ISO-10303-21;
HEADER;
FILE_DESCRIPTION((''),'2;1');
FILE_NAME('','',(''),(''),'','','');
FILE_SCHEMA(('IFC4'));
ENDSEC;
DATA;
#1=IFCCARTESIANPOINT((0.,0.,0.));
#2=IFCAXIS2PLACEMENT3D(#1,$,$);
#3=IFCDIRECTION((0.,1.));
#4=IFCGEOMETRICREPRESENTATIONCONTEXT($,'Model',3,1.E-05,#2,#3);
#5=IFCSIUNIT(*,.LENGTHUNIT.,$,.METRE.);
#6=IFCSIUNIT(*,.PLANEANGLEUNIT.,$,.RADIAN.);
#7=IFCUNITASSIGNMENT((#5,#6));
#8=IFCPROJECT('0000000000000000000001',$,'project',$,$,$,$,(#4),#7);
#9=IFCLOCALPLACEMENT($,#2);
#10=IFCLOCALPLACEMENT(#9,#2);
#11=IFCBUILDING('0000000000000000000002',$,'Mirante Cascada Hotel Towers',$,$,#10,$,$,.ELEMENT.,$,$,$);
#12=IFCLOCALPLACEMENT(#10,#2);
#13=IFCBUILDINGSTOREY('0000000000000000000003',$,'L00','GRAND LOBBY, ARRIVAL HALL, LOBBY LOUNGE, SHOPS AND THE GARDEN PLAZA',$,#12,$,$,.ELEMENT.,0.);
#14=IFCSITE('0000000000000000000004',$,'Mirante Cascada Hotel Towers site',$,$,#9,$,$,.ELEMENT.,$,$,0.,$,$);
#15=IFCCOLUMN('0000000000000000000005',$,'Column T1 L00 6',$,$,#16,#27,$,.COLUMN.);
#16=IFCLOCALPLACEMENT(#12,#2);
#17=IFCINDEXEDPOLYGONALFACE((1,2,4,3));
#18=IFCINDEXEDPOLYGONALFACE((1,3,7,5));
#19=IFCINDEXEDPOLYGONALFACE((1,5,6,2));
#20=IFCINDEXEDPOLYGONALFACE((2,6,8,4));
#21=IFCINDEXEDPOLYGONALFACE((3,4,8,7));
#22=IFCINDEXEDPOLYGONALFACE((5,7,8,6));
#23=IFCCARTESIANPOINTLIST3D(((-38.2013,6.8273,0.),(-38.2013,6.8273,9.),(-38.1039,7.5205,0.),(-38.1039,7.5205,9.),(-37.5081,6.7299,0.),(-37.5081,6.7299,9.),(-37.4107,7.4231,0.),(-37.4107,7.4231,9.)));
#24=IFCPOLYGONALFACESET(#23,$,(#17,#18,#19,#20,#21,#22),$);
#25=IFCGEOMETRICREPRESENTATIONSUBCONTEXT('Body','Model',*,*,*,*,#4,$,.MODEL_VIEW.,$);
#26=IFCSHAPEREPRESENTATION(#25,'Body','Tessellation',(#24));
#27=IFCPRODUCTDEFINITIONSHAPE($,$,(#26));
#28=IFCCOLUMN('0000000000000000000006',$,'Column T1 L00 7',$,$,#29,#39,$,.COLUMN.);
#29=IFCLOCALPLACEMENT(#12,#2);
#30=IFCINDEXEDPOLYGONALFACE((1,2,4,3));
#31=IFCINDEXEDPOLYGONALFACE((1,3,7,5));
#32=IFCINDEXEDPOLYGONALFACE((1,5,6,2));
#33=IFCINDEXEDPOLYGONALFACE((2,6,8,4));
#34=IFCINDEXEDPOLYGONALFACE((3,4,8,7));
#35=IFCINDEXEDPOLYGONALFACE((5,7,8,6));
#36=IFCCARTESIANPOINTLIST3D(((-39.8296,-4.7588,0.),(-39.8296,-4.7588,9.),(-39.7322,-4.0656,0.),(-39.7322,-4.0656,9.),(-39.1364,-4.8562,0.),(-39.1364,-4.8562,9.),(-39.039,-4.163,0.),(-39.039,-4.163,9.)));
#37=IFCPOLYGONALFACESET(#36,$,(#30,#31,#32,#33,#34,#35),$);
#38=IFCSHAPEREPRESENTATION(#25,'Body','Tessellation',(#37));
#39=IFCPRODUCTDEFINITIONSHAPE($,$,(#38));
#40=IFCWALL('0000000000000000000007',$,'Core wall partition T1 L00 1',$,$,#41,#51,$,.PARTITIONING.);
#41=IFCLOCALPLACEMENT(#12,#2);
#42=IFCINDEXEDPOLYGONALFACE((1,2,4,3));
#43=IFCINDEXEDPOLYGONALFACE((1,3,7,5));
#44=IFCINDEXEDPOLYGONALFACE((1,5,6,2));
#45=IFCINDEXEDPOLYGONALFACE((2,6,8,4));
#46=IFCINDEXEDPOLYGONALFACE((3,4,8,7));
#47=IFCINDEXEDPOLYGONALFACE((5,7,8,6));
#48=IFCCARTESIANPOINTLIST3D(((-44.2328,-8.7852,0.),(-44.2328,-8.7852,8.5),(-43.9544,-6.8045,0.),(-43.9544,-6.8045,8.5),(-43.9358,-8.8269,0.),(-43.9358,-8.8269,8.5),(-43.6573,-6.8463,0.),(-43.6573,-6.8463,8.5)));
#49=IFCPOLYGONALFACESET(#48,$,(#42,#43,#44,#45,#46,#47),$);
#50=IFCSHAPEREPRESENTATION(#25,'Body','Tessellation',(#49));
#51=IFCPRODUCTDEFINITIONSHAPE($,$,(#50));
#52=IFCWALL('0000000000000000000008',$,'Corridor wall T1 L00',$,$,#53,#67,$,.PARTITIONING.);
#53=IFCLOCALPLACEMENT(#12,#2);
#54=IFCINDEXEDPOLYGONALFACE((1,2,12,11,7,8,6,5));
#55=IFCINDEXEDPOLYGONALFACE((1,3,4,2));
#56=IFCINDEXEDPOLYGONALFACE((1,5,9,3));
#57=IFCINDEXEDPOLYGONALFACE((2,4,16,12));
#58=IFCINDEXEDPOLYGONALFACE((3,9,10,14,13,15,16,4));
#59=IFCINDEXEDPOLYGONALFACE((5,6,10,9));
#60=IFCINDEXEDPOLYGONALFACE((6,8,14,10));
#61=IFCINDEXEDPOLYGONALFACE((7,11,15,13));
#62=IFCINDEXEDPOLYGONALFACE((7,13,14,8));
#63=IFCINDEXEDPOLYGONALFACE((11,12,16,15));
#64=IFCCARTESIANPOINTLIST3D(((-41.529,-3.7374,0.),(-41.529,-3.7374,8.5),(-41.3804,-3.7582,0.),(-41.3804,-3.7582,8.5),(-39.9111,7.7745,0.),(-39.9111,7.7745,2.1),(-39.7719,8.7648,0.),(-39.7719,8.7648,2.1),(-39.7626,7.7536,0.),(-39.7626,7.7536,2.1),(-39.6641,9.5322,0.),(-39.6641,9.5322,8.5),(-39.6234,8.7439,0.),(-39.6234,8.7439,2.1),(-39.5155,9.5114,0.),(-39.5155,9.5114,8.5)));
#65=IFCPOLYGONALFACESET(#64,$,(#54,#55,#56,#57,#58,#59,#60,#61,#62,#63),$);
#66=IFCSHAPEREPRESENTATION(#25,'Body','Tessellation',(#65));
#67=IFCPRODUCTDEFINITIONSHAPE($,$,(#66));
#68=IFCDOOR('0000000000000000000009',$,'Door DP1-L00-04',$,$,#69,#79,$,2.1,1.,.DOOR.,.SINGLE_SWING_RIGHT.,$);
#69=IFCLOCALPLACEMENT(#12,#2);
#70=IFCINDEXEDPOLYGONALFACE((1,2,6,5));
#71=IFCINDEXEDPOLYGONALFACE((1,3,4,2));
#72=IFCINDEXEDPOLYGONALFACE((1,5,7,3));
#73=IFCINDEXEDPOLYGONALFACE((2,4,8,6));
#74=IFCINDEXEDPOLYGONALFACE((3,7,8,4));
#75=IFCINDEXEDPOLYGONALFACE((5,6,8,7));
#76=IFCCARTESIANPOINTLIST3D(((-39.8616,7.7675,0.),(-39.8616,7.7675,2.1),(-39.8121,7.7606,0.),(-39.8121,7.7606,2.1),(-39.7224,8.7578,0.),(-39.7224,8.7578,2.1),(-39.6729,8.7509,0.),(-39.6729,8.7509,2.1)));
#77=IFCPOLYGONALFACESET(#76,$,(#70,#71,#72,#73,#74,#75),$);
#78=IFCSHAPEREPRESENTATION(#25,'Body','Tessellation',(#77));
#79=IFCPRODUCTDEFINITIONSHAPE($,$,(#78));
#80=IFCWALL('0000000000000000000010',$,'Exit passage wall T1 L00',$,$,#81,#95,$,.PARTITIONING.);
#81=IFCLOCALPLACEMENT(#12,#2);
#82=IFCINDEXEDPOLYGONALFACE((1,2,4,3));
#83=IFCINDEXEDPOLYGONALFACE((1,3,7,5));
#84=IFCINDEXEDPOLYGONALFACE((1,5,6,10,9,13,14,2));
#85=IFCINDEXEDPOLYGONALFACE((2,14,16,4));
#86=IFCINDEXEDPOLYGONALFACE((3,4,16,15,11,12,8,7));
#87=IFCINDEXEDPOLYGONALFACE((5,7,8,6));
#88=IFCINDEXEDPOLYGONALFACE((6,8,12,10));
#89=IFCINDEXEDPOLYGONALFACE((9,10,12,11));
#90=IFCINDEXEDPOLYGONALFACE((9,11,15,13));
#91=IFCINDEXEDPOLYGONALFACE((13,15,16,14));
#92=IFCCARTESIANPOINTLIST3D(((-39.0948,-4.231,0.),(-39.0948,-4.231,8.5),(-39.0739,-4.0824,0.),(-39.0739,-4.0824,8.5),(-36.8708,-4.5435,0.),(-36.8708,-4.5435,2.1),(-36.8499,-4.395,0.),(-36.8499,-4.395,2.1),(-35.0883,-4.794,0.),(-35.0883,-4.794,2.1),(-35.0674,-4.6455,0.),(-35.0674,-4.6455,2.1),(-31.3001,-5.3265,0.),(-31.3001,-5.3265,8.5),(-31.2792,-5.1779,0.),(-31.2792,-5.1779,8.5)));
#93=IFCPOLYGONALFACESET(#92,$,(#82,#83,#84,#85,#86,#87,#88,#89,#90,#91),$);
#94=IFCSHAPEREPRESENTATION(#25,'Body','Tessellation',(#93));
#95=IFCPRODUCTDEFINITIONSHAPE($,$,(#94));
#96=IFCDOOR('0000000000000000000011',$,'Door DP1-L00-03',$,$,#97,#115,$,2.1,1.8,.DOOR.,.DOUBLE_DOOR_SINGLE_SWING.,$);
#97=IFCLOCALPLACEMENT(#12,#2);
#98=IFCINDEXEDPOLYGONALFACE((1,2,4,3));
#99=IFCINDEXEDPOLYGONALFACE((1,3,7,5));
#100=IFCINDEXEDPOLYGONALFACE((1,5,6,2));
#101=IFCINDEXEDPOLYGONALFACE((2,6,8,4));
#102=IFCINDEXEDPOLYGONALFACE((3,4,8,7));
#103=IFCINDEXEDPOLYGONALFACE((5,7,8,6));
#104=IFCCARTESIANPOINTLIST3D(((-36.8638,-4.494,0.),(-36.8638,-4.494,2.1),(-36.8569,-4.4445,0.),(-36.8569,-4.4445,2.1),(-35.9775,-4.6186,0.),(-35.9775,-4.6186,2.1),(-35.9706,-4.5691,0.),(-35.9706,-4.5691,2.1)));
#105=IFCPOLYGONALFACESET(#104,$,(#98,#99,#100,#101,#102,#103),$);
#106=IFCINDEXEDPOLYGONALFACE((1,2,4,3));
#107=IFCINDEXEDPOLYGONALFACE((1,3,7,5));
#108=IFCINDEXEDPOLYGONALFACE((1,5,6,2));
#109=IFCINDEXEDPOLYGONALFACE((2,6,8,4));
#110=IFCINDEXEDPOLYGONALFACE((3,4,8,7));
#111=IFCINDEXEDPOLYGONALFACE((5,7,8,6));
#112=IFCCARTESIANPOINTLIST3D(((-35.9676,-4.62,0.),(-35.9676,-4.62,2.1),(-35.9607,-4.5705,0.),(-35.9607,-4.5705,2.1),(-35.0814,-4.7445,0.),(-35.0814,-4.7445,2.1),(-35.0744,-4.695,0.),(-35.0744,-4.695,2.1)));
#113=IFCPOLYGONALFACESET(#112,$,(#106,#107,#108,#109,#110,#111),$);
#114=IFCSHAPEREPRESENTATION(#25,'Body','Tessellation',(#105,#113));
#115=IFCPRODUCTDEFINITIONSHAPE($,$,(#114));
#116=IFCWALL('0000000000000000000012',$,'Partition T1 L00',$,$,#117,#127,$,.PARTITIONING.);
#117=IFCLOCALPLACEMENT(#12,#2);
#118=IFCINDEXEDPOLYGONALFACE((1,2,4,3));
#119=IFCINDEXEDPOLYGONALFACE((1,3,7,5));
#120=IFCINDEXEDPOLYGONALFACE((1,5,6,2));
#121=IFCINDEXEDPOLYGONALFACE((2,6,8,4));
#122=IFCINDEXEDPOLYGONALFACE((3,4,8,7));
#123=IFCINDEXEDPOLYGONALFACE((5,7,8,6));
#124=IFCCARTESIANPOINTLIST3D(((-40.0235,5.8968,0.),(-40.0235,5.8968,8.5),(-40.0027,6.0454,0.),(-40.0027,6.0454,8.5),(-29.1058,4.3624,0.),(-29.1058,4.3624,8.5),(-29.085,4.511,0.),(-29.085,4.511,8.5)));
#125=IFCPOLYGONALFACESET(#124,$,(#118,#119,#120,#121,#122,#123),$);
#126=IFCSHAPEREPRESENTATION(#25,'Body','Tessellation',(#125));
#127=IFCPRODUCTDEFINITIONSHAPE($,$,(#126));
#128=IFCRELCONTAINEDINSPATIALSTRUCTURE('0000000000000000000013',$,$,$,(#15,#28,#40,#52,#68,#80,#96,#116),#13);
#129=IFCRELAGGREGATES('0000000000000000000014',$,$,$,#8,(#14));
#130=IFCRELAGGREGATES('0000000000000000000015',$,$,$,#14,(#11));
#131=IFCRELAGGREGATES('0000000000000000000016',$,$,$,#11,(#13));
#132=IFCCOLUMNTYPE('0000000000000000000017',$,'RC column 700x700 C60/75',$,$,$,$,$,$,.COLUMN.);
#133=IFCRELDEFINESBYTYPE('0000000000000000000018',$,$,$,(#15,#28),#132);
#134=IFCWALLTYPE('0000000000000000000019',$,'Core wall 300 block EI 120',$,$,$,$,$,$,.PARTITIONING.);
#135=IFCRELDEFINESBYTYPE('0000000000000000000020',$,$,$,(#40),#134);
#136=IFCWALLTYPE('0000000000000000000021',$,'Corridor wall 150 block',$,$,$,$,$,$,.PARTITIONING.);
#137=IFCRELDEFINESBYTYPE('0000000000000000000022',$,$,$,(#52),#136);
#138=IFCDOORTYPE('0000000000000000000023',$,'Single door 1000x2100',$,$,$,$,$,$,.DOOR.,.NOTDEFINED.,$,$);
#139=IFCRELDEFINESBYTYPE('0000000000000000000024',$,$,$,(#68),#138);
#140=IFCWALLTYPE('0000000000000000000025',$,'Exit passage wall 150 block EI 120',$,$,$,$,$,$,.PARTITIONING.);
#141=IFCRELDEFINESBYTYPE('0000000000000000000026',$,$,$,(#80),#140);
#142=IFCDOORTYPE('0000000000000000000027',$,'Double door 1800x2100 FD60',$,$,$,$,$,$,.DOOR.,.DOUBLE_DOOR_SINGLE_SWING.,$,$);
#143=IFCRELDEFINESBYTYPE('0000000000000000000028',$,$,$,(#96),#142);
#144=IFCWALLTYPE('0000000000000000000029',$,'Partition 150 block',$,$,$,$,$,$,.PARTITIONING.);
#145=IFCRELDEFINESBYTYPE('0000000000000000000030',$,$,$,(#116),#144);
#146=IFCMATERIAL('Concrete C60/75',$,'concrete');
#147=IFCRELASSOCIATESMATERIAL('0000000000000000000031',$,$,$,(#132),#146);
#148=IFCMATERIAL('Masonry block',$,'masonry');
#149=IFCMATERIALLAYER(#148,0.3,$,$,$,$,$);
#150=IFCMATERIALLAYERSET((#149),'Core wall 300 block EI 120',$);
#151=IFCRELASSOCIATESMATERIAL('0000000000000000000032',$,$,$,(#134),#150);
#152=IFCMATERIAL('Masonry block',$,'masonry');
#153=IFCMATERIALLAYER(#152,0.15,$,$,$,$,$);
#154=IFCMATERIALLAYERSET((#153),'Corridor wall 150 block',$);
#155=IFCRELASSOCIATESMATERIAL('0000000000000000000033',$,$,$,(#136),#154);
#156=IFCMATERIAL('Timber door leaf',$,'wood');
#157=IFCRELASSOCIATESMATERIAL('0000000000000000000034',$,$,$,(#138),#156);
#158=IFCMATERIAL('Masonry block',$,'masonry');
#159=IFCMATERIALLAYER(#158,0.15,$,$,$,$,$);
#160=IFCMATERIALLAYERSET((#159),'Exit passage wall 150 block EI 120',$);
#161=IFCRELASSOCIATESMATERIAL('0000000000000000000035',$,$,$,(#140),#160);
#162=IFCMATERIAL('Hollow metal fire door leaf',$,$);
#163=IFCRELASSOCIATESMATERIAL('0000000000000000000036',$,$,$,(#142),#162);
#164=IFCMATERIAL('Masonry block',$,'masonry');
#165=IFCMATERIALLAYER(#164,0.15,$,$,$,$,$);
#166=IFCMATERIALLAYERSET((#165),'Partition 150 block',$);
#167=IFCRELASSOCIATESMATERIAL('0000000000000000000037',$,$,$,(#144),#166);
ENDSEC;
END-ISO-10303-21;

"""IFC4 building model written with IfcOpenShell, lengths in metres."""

from ifc_helpers import new_model, si_unit, direction, frame, frame_2d, origin, origin_2d, place, context, subcontext, project, spatial, rectangle, extrude, material, layer, layer_set, material_profile, profile_set, type_object, element, fill, save


model = new_model("IFC4")

# Units and contexts
model_context = context("Model", 3, precision=1e-05, world=origin(), true_north=direction((0.0, 1.0)))
body_context = subcontext(model_context, "Body", "Model", "MODEL_VIEW")
ifc_project = project(units=[si_unit("LENGTHUNIT", "METRE"), si_unit("PLANEANGLEUNIT", "RADIAN")], contexts=[model_context])

# Site, building, storey
site_placement = place(None, origin())
site = spatial("IfcSite", under=ifc_project, at=site_placement, Name="Mirante Cascada Hotel Towers site", CompositionType="ELEMENT", RefElevation=0.0)
building_placement = place(site_placement, origin())
building = spatial("IfcBuilding", under=site, at=building_placement, Name="Mirante Cascada Hotel Towers", CompositionType="ELEMENT")
storey_placement = place(building_placement, origin())
storey = spatial("IfcBuildingStorey", under=building, at=storey_placement, Name="L00", Description="GRAND LOBBY, ARRIVAL HALL, LOBBY LOUNGE, SHOPS AND THE GARDEN PLAZA", CompositionType="ELEMENT", Elevation=0.0)

# Columns
ifc_material_1 = material(Name="Concrete C60/75", Category="concrete")
ifc_material_profile = material_profile(ifc_material_1, rectangle(XDim=0.7, YDim=0.7, at=origin_2d()), Name="RC column 700x700 C60/75")
ifc_profile_set = profile_set([ifc_material_profile], Name="Concrete C60/75")
column_type = type_object("IfcColumnType", Name="RC column 700x700 C60/75", PredefinedType="COLUMN", material=ifc_profile_set)
for number, where, z_axis, x_axis, name in (
    (1, (-37.806, 7.1252, 0.0), (0.0, 0.0, 1.0), (-0.990268, 0.139173, 0.0), "Column T1 L00 6"),
    (2, (-39.4343, -4.4609, 0.0), (0.0, 0.0, 1.0), (-0.990268, 0.139173, 0.0), "Column T1 L00 7"),
):
    element("IfcColumn", number, at=place(storey_placement, frame(where, z_axis=z_axis, x_axis=x_axis)), inside=storey, type_object=column_type, Name=name, PredefinedType="COLUMN", context=body_context, shape_type="SweptSolid", body=[
        extrude(rectangle(XDim=0.7, YDim=0.7, at=origin_2d()), origin(), (0.0, 0.0, 1.0), 9.0),
    ])

# Wall
ifc_material_2 = material(Name="Masonry block", Category="masonry")
ifc_layer_1 = layer(ifc_material_2, 0.3)
ifc_layer_set_1 = layer_set([ifc_layer_1], Name="Core wall 300 block EI 120")
wall_type_1 = type_object("IfcWallType", Name="Core wall 300 block EI 120", PredefinedType="PARTITIONING", material=ifc_layer_set_1)
wall_1_placement = place(storey_placement, frame((-44.0843, -8.8061, 0.0), z_axis=(0.0, 0.0, 1.0), x_axis=(0.139195, 0.990265, 0.0)))
element("IfcWall", 3, at=wall_1_placement, inside=storey, type_object=wall_type_1, Name="Core wall partition T1 L00 1", PredefinedType="PARTITIONING", context=body_context, shape_type="SweptSolid", body=[
    extrude(rectangle(XDim=2.0001, YDim=0.3, at=frame_2d((1.0001, 0.0))), origin(), (0.0, 0.0, 1.0), 8.5),
])

# Walls, openings, doors
ifc_material_3 = material(Name="Masonry block", Category="masonry")
ifc_layer_2 = layer(ifc_material_3, 0.15)
ifc_layer_set_2 = layer_set([ifc_layer_2], Name="Corridor wall 150 block")
wall_type_2 = type_object("IfcWallType", Name="Corridor wall 150 block", PredefinedType="PARTITIONING", material=ifc_layer_set_2)
wall_2_placement = place(storey_placement, frame((-41.4547, -3.7478, 0.0), z_axis=(0.0, 0.0, 1.0), x_axis=(0.139172, 0.990268, 0.0)))
wall_2 = element("IfcWall", 4, at=wall_2_placement, inside=storey, type_object=wall_type_2, Name="Corridor wall T1 L00", PredefinedType="PARTITIONING", context=body_context, shape_type="SweptSolid", body=[
    extrude(rectangle(XDim=13.4, YDim=0.15, at=frame_2d((6.7, 0.0))), origin(), (0.0, 0.0, 1.0), 8.5),
])
opening_1_placement = place(wall_2_placement, frame((11.625, 0.0, 0.0)))
opening_1 = element("IfcOpeningElement", 5, at=opening_1_placement, cuts=wall_2, PredefinedType="OPENING", context=body_context, shape_type="SweptSolid", body=[
    extrude(rectangle(XDim=1.0, YDim=2.1, at=frame_2d((0.5, 1.05))), frame((0.0, 0.075, 0.0), z_axis=(0.0, -1.0, 0.0), x_axis=(1.0, 0.0, 0.0)), (0.0, 0.0, 1.0), 0.15),
])
ifc_material_4 = material(Name="Timber door leaf", Category="wood")
door_type_1 = type_object("IfcDoorType", Name="Single door 1000x2100", OperationType="NOTDEFINED", PredefinedType="DOOR", material=ifc_material_4)
door_1_placement = place(opening_1_placement, frame((1.0, 0.0, 0.0), z_axis=(0.0, 0.0, 1.0), x_axis=(-1.0, 0.0, 0.0)))
door_1 = element("IfcDoor", 6, at=door_1_placement, inside=storey, type_object=door_type_1, Name="Door DP1-L00-04", OperationType="SINGLE_SWING_RIGHT", OverallHeight=2.1, OverallWidth=1.0, PredefinedType="DOOR", context=body_context, shape_type="SweptSolid", body=[
    extrude(rectangle(XDim=1.0, YDim=2.1, at=frame_2d((0.5, 1.05))), frame((0.0, 0.025, 0.0), z_axis=(0.0, -1.0, 0.0), x_axis=(1.0, 0.0, 0.0)), (0.0, 0.0, 1.0), 0.05),
])
fill(opening_1, door_1)
ifc_material_5 = material(Name="Masonry block", Category="masonry")
ifc_layer_3 = layer(ifc_material_5, 0.15)
ifc_layer_set_3 = layer_set([ifc_layer_3], Name="Exit passage wall 150 block EI 120")
wall_type_3 = type_object("IfcWallType", Name="Exit passage wall 150 block EI 120", PredefinedType="PARTITIONING", material=ifc_layer_set_3)
wall_3_placement = place(storey_placement, frame((-39.0843, -4.1567, 0.0), z_axis=(0.0, 0.0, 1.0), x_axis=(0.990268, -0.139176, 0.0)))
wall_3 = element("IfcWall", 7, at=wall_3_placement, inside=storey, type_object=wall_type_3, Name="Exit passage wall T1 L00", PredefinedType="PARTITIONING", context=body_context, shape_type="SweptSolid", body=[
    extrude(rectangle(XDim=7.8713, YDim=0.15, at=frame_2d((3.9356, 0.0))), origin(), (0.0, 0.0, 1.0), 8.5),
])
opening_2_placement = place(wall_3_placement, frame((2.2458, 0.0, 0.0)))
opening_2 = element("IfcOpeningElement", 8, at=opening_2_placement, cuts=wall_3, PredefinedType="OPENING", context=body_context, shape_type="SweptSolid", body=[
    extrude(rectangle(XDim=1.8, YDim=2.1, at=frame_2d((0.9, 1.05))), frame((0.0, 0.075, 0.0), z_axis=(0.0, -1.0, 0.0), x_axis=(1.0, 0.0, 0.0)), (0.0, 0.0, 1.0), 0.15),
])
ifc_material_6 = material(Name="Hollow metal fire door leaf")
door_type_2 = type_object("IfcDoorType", Name="Double door 1800x2100 FD60", OperationType="DOUBLE_DOOR_SINGLE_SWING", PredefinedType="DOOR", material=ifc_material_6)
door_2_placement = place(opening_2_placement, origin())
door_2 = element("IfcDoor", 9, at=door_2_placement, inside=storey, type_object=door_type_2, Name="Door DP1-L00-03", OperationType="DOUBLE_DOOR_SINGLE_SWING", OverallHeight=2.1, OverallWidth=1.8, PredefinedType="DOOR", context=body_context, shape_type="SweptSolid", body=[
    extrude(rectangle(XDim=0.895, YDim=2.1, at=frame_2d((0.4475, 1.05))), frame((0.0, 0.025, 0.0), z_axis=(0.0, -1.0, 0.0), x_axis=(1.0, 0.0, 0.0)), (0.0, 0.0, 1.0), 0.05),
    extrude(rectangle(XDim=0.895, YDim=2.1, at=frame_2d((1.3525, 1.05))), frame((0.0, 0.025, 0.0), z_axis=(0.0, -1.0, 0.0), x_axis=(1.0, 0.0, 0.0)), (0.0, 0.0, 1.0), 0.05),
])
fill(opening_2, door_2)

# Wall
ifc_material_7 = material(Name="Masonry block", Category="masonry")
ifc_layer_4 = layer(ifc_material_7, 0.15)
ifc_layer_set_4 = layer_set([ifc_layer_4], Name="Partition 150 block")
wall_type_4 = type_object("IfcWallType", Name="Partition 150 block", PredefinedType="PARTITIONING", material=ifc_layer_set_4)
wall_4_placement = place(storey_placement, frame((-40.0131, 5.9711, 0.0), z_axis=(0.0, 0.0, 1.0), x_axis=(0.990268, -0.139175, 0.0)))
element("IfcWall", 10, at=wall_4_placement, inside=storey, type_object=wall_type_4, Name="Partition T1 L00", PredefinedType="PARTITIONING", context=body_context, shape_type="SweptSolid", body=[
    extrude(rectangle(XDim=11.025, YDim=0.15, at=frame_2d((5.5125, 0.0))), origin(), (0.0, 0.0, 1.0), 8.5),
])

save(model, "model.ifc")
